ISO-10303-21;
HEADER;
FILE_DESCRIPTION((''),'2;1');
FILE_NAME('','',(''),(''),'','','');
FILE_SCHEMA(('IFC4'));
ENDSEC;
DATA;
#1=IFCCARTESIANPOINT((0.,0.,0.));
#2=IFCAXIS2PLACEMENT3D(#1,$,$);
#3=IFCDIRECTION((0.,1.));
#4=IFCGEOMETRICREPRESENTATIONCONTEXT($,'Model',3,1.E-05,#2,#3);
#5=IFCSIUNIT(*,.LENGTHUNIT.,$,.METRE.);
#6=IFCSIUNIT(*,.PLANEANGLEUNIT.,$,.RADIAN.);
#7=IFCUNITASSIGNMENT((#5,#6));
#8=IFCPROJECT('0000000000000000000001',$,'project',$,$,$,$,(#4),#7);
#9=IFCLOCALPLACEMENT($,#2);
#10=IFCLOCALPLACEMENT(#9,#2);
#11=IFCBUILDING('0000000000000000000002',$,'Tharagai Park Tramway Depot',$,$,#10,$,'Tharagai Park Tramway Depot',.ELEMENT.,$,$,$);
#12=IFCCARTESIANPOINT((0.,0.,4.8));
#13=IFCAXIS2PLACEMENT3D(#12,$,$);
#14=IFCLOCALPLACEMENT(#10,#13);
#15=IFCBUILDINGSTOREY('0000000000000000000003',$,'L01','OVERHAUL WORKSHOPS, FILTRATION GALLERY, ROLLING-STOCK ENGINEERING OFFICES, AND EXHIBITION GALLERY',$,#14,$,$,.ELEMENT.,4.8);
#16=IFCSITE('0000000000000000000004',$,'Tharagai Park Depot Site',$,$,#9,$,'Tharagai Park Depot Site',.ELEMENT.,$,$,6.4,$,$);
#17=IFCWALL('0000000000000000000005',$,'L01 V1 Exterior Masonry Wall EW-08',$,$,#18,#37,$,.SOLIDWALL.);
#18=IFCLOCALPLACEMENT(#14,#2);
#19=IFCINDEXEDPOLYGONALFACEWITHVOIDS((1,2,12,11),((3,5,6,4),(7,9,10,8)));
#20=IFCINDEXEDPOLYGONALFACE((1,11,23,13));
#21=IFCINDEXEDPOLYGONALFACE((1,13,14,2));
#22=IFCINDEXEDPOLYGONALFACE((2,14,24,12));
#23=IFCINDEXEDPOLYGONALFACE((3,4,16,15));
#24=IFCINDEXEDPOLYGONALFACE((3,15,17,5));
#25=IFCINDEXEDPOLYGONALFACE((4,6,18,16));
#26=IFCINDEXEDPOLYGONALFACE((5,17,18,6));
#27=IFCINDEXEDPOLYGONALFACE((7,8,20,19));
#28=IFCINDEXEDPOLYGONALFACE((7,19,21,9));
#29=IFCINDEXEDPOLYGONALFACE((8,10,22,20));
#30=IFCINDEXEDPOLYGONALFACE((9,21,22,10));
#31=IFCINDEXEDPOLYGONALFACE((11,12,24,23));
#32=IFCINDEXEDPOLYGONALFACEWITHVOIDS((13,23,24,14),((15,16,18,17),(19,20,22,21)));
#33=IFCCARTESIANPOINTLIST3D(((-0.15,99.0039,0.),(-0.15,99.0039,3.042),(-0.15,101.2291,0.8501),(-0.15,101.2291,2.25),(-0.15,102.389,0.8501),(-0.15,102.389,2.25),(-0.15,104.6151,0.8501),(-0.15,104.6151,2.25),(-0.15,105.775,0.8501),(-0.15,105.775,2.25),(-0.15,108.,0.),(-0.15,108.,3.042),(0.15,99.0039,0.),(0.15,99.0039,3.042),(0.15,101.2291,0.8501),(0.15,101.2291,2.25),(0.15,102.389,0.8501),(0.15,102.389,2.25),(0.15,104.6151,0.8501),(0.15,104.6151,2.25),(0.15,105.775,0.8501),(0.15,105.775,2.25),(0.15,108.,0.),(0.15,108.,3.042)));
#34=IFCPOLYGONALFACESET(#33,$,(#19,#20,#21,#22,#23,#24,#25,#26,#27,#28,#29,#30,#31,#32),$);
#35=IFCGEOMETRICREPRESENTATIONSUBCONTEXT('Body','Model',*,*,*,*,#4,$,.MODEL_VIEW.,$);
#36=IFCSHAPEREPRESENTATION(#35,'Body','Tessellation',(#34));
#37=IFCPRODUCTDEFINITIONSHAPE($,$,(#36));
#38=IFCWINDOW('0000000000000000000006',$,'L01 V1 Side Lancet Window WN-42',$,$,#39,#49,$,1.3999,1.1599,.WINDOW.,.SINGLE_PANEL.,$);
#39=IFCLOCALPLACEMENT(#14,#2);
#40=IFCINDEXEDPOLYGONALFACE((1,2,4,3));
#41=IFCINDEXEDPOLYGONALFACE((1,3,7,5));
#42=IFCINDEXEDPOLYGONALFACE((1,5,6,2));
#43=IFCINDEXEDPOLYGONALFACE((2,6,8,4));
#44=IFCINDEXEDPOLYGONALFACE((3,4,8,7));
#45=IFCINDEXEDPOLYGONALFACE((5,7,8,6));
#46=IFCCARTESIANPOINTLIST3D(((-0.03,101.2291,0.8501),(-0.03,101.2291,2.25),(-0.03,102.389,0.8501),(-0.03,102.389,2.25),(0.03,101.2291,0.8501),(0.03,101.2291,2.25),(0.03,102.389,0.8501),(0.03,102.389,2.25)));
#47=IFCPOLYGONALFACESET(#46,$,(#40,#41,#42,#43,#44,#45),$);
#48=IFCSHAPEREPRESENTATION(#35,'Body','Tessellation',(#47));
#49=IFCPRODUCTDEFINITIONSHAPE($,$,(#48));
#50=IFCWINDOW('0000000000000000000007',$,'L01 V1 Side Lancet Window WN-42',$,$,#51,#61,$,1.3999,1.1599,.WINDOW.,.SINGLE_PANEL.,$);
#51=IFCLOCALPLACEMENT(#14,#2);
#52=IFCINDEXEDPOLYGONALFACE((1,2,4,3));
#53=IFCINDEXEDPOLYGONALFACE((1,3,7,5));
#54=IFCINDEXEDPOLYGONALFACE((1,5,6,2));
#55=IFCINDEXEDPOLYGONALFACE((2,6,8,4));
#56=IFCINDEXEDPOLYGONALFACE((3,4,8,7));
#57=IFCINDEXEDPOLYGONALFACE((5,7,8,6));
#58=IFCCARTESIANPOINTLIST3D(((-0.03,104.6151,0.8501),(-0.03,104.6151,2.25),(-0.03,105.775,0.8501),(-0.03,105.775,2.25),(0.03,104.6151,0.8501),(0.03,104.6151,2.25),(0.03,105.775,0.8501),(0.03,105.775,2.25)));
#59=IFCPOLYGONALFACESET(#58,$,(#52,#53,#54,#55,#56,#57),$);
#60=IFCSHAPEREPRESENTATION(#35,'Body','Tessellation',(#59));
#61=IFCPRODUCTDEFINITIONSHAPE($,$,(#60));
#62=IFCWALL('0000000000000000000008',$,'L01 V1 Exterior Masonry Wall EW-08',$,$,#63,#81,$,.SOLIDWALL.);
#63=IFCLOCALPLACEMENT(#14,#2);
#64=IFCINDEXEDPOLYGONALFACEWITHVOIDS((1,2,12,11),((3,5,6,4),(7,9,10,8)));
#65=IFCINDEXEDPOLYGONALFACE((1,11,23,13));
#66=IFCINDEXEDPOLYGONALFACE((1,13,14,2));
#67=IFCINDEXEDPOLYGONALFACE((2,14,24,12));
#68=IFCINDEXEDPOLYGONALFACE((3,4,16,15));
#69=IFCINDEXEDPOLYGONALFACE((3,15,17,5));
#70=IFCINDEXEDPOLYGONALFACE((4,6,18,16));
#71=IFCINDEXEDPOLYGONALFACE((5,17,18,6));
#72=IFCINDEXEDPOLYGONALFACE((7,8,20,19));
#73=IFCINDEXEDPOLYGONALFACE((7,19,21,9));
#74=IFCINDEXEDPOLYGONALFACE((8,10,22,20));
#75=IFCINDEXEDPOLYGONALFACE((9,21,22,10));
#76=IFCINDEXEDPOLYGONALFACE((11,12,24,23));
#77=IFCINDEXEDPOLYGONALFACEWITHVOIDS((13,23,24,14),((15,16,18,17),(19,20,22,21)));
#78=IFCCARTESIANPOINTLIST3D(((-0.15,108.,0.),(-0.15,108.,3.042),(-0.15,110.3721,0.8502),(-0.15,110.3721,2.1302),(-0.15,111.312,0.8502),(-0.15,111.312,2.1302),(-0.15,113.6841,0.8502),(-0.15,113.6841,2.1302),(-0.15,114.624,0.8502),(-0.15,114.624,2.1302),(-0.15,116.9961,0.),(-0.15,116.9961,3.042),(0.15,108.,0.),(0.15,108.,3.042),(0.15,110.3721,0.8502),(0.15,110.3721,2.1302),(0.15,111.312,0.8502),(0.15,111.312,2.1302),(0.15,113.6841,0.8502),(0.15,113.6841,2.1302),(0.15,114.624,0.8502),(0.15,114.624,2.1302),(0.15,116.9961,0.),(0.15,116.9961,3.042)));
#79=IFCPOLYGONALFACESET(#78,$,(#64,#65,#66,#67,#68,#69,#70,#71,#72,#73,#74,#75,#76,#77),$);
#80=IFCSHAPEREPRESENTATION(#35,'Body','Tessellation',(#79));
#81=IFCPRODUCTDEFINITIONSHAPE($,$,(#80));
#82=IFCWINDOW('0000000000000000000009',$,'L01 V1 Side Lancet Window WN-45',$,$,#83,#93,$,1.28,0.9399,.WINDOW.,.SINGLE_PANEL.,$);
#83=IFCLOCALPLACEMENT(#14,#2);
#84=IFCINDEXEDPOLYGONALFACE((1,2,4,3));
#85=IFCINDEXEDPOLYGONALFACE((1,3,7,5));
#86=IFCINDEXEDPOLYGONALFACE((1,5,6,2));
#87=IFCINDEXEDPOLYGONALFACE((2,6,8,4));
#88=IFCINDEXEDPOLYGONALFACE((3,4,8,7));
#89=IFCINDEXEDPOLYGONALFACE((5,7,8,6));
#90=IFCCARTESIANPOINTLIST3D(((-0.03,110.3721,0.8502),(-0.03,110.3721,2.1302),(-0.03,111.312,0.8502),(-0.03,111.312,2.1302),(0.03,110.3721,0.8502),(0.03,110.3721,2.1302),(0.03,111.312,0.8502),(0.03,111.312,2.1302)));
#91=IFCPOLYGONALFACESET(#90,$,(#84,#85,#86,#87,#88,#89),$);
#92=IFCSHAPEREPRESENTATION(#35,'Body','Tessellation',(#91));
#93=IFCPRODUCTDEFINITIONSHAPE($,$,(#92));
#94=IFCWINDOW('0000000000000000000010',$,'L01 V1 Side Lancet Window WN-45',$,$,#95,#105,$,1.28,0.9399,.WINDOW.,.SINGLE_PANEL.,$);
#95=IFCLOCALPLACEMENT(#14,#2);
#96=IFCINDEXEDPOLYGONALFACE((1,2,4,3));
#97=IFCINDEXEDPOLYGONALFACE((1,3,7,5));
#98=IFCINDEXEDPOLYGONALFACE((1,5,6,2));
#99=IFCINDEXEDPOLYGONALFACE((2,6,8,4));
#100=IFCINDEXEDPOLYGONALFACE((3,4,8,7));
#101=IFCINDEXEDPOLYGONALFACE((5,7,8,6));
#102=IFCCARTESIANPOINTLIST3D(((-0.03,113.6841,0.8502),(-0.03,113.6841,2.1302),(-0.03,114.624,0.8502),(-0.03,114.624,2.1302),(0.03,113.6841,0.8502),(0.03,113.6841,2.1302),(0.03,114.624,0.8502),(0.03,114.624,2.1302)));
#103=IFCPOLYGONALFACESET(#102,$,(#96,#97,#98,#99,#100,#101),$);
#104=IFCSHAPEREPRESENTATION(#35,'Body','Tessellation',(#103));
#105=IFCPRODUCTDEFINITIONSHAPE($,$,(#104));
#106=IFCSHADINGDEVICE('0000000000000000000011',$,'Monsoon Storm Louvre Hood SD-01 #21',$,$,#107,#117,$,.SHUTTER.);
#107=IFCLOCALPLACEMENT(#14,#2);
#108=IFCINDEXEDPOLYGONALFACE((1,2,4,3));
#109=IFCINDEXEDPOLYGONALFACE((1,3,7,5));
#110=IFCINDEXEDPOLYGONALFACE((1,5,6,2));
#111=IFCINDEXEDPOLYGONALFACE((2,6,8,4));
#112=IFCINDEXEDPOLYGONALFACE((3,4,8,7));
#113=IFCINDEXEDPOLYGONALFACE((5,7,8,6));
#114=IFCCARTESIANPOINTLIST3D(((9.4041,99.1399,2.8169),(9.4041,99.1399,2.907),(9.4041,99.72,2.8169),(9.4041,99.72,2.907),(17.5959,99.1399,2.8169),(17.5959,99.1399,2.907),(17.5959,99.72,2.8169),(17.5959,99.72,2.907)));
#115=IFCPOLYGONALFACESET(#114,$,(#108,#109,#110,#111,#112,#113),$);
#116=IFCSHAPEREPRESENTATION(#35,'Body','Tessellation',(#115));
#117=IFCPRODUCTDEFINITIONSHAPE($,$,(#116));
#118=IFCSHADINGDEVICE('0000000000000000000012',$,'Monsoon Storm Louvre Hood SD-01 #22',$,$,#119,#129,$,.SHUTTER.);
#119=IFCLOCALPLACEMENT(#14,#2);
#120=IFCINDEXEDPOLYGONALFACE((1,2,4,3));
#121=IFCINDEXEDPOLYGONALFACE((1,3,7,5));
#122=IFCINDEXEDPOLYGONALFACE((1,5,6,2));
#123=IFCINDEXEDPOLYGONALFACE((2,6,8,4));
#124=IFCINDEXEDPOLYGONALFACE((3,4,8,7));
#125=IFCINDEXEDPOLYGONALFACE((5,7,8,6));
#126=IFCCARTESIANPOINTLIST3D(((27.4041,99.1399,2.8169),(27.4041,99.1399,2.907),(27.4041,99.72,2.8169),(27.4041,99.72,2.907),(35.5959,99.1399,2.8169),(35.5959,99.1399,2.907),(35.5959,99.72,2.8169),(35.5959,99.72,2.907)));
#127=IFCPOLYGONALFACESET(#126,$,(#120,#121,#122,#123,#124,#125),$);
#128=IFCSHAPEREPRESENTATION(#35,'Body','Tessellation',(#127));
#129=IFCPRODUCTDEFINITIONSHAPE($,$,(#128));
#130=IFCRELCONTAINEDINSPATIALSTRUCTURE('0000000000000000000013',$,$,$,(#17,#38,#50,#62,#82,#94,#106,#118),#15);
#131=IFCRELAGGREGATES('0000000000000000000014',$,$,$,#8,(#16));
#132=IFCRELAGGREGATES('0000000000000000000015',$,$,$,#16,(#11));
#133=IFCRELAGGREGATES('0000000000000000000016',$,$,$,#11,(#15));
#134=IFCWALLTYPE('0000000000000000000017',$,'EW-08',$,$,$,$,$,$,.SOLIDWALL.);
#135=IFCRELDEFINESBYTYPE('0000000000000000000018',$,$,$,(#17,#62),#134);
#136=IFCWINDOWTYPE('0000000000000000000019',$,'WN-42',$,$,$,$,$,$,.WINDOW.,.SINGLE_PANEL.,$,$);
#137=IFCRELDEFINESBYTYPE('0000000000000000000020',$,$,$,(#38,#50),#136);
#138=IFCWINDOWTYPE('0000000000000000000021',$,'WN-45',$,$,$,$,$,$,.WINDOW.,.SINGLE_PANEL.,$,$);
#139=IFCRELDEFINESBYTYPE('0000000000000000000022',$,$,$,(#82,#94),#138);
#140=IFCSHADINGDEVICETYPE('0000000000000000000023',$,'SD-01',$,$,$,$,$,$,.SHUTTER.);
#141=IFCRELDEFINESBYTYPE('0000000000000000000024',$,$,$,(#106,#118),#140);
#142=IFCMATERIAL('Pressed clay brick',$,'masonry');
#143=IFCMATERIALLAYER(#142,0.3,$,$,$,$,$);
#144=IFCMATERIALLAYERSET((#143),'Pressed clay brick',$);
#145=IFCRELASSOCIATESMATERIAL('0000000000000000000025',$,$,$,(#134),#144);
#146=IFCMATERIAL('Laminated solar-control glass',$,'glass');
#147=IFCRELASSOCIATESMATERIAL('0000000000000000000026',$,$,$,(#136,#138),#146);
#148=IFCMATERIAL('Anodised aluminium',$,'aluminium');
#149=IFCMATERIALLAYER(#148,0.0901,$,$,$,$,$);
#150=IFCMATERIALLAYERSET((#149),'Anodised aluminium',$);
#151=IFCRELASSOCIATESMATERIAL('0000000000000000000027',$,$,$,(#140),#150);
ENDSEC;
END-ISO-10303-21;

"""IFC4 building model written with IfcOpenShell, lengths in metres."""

from ifc_helpers import new_model, si_unit, direction, frame, frame_2d, origin, origin_2d, place, context, subcontext, project, spatial, rectangle, extrude, material, layer, layer_set, type_object, element, fill, save


model = new_model("IFC4")

# Units and contexts
model_context = context("Model", 3, precision=1e-05, world=origin(), true_north=direction((0.0, 1.0)))
body_context = subcontext(model_context, "Body", "Model", "MODEL_VIEW")
ifc_project = project(units=[si_unit("LENGTHUNIT", "METRE"), si_unit("PLANEANGLEUNIT", "RADIAN")], contexts=[model_context])

# Site, building, storey
site_placement = place(None, origin())
site = spatial("IfcSite", under=ifc_project, at=site_placement, Name="Tharagai Park Depot Site", LongName="Tharagai Park Depot Site", CompositionType="ELEMENT", RefElevation=6.4)
building_placement = place(site_placement, origin())
building = spatial("IfcBuilding", under=site, at=building_placement, Name="Tharagai Park Tramway Depot", LongName="Tharagai Park Tramway Depot", CompositionType="ELEMENT")
storey_placement = place(building_placement, frame((0.0, 0.0, 4.8)))
storey = spatial("IfcBuildingStorey", under=building, at=storey_placement, Name="L01", Description="OVERHAUL WORKSHOPS, FILTRATION GALLERY, ROLLING-STOCK ENGINEERING OFFICES, AND EXHIBITION GALLERY", CompositionType="ELEMENT", Elevation=4.8)

# Shared definitions
ifc_material_1 = material(Name="Anodised aluminium", Category="aluminium")

# Walls, openings, windows
ifc_material_2 = material(Name="Pressed clay brick", Category="masonry")
ifc_layer_1 = layer(ifc_material_2, 0.3)
ifc_layer_set_1 = layer_set([ifc_layer_1], Name="Pressed clay brick")
wall_type = type_object("IfcWallType", Name="EW-08", PredefinedType="SOLIDWALL", material=ifc_layer_set_1)
wall_1_placement = place(storey_placement, frame((0.0, 99.0039, 0.0), z_axis=(0.0, 0.0, 1.0), x_axis=(0.0, 1.0, 0.0)))
wall_1 = element("IfcWall", 1, at=wall_1_placement, inside=storey, type_object=wall_type, Name="L01 V1 Exterior Masonry Wall EW-08", PredefinedType="SOLIDWALL", context=body_context, shape_type="SweptSolid", body=[
    extrude(rectangle(XDim=8.9961, YDim=0.3, at=frame_2d((4.498, 0.0))), origin(), (0.0, 0.0, 1.0), 3.042),
])
opening_1_placement = place(wall_1_placement, frame((2.2251, 0.0, 0.8501)))
opening_1 = element("IfcOpeningElement", 2, at=opening_1_placement, cuts=wall_1, PredefinedType="OPENING", context=body_context, shape_type="SweptSolid", body=[
    extrude(rectangle(XDim=1.1599, YDim=1.3999, at=frame_2d((0.5801, 0.7))), frame((0.0, 0.1599, 0.0), z_axis=(0.0, -1.0, 0.0), x_axis=(1.0, 0.0, 0.0)), (0.0, 0.0, 1.0), 0.3201),
])
opening_2_placement = place(wall_1_placement, frame((5.6111, 0.0, 0.8501)))
opening_2 = element("IfcOpeningElement", 3, at=opening_2_placement, cuts=wall_1, PredefinedType="OPENING", context=body_context, shape_type="SweptSolid", body=[
    extrude(rectangle(XDim=1.1599, YDim=1.3999, at=frame_2d((0.5801, 0.7))), frame((0.0, 0.1599, 0.0), z_axis=(0.0, -1.0, 0.0), x_axis=(1.0, 0.0, 0.0)), (0.0, 0.0, 1.0), 0.3201),
])
ifc_material_3 = material(Name="Laminated solar-control glass", Category="glass")
window_type_1 = type_object("IfcWindowType", Name="WN-42", PartitioningType="SINGLE_PANEL", PredefinedType="WINDOW", material=ifc_material_3)
window_1_placement = place(opening_1_placement, origin())
window_1 = element("IfcWindow", 4, at=window_1_placement, inside=storey, type_object=window_type_1, Name="L01 V1 Side Lancet Window WN-42", OverallHeight=1.3999, OverallWidth=1.1599, PartitioningType="SINGLE_PANEL", PredefinedType="WINDOW", context=body_context, shape_type="SweptSolid", body=[
    extrude(rectangle(XDim=1.1599, YDim=1.3999, at=frame_2d((0.5801, 0.7))), frame((0.0, 0.03, 0.0), z_axis=(0.0, -1.0, 0.0), x_axis=(1.0, 0.0, 0.0)), (0.0, 0.0, 1.0), 0.0601),
])
fill(opening_1, window_1)
window_2_placement = place(opening_2_placement, origin())
window_2 = element("IfcWindow", 5, at=window_2_placement, inside=storey, type_object=window_type_1, Name="L01 V1 Side Lancet Window WN-42", OverallHeight=1.3999, OverallWidth=1.1599, PartitioningType="SINGLE_PANEL", PredefinedType="WINDOW", context=body_context, shape_type="SweptSolid", body=[
    extrude(rectangle(XDim=1.1599, YDim=1.3999, at=frame_2d((0.5801, 0.7))), frame((0.0, 0.03, 0.0), z_axis=(0.0, -1.0, 0.0), x_axis=(1.0, 0.0, 0.0)), (0.0, 0.0, 1.0), 0.0601),
])
fill(opening_2, window_2)
wall_2_placement = place(storey_placement, frame((0.0, 108.0, 0.0), z_axis=(0.0, 0.0, 1.0), x_axis=(0.0, 1.0, 0.0)))
wall_2 = element("IfcWall", 6, at=wall_2_placement, inside=storey, type_object=wall_type, Name="L01 V1 Exterior Masonry Wall EW-08", PredefinedType="SOLIDWALL", context=body_context, shape_type="SweptSolid", body=[
    extrude(rectangle(XDim=8.9961, YDim=0.3, at=frame_2d((4.498, 0.0))), origin(), (0.0, 0.0, 1.0), 3.042),
])
opening_3_placement = place(wall_2_placement, frame((2.3721, 0.0, 0.8501)))
opening_3 = element("IfcOpeningElement", 7, at=opening_3_placement, cuts=wall_2, PredefinedType="OPENING", context=body_context, shape_type="SweptSolid", body=[
    extrude(rectangle(XDim=0.9399, YDim=1.28, at=frame_2d((0.47, 0.6401))), frame((0.0, 0.1599, 0.0), z_axis=(0.0, -1.0, 0.0), x_axis=(1.0, 0.0, 0.0)), (0.0, 0.0, 1.0), 0.3201),
])
opening_4_placement = place(wall_2_placement, frame((5.6841, 0.0, 0.8501)))
opening_4 = element("IfcOpeningElement", 8, at=opening_4_placement, cuts=wall_2, PredefinedType="OPENING", context=body_context, shape_type="SweptSolid", body=[
    extrude(rectangle(XDim=0.9399, YDim=1.28, at=frame_2d((0.47, 0.6401))), frame((0.0, 0.1599, 0.0), z_axis=(0.0, -1.0, 0.0), x_axis=(1.0, 0.0, 0.0)), (0.0, 0.0, 1.0), 0.3201),
])
window_type_2 = type_object("IfcWindowType", Name="WN-45", PartitioningType="SINGLE_PANEL", PredefinedType="WINDOW", material=ifc_material_3)
window_3_placement = place(opening_3_placement, origin())
window_3 = element("IfcWindow", 9, at=window_3_placement, inside=storey, type_object=window_type_2, Name="L01 V1 Side Lancet Window WN-45", OverallHeight=1.28, OverallWidth=0.9399, PartitioningType="SINGLE_PANEL", PredefinedType="WINDOW", context=body_context, shape_type="SweptSolid", body=[
    extrude(rectangle(XDim=0.9399, YDim=1.28, at=frame_2d((0.47, 0.6401))), frame((0.0, 0.03, 0.0), z_axis=(0.0, -1.0, 0.0), x_axis=(1.0, 0.0, 0.0)), (0.0, 0.0, 1.0), 0.0601),
])
fill(opening_3, window_3)
window_4_placement = place(opening_4_placement, origin())
window_4 = element("IfcWindow", 10, at=window_4_placement, inside=storey, type_object=window_type_2, Name="L01 V1 Side Lancet Window WN-45", OverallHeight=1.28, OverallWidth=0.9399, PartitioningType="SINGLE_PANEL", PredefinedType="WINDOW", context=body_context, shape_type="SweptSolid", body=[
    extrude(rectangle(XDim=0.9399, YDim=1.28, at=frame_2d((0.47, 0.6401))), frame((0.0, 0.03, 0.0), z_axis=(0.0, -1.0, 0.0), x_axis=(1.0, 0.0, 0.0)), (0.0, 0.0, 1.0), 0.0601),
])
fill(opening_4, window_4)

# Shading devices
ifc_layer_2 = layer(ifc_material_1, 0.0901)
ifc_layer_set_2 = layer_set([ifc_layer_2], Name="Anodised aluminium")
shading_device_type = type_object("IfcShadingDeviceType", Name="SD-01", PredefinedType="SHUTTER", material=ifc_layer_set_2)
for number, where, z_axis, x_axis, name in (
    (11, (13.5, 99.4299, 2.8169), (0.0, 0.0, 1.0), (1.0, 0.0, 0.0), "Monsoon Storm Louvre Hood SD-01 #21"),
    (12, (31.5, 99.4299, 2.8169), (0.0, 0.0, 1.0), (1.0, 0.0, 0.0), "Monsoon Storm Louvre Hood SD-01 #22"),
):
    element("IfcShadingDevice", number, at=place(storey_placement, frame(where, z_axis=z_axis, x_axis=x_axis)), inside=storey, type_object=shading_device_type, Name=name, PredefinedType="SHUTTER", context=body_context, shape_type="SweptSolid", body=[
        extrude(rectangle(XDim=8.1919, YDim=0.5801, at=origin_2d()), origin(), (0.0, 0.0, 1.0), 0.0901),
    ])

save(model, "model.ifc")
